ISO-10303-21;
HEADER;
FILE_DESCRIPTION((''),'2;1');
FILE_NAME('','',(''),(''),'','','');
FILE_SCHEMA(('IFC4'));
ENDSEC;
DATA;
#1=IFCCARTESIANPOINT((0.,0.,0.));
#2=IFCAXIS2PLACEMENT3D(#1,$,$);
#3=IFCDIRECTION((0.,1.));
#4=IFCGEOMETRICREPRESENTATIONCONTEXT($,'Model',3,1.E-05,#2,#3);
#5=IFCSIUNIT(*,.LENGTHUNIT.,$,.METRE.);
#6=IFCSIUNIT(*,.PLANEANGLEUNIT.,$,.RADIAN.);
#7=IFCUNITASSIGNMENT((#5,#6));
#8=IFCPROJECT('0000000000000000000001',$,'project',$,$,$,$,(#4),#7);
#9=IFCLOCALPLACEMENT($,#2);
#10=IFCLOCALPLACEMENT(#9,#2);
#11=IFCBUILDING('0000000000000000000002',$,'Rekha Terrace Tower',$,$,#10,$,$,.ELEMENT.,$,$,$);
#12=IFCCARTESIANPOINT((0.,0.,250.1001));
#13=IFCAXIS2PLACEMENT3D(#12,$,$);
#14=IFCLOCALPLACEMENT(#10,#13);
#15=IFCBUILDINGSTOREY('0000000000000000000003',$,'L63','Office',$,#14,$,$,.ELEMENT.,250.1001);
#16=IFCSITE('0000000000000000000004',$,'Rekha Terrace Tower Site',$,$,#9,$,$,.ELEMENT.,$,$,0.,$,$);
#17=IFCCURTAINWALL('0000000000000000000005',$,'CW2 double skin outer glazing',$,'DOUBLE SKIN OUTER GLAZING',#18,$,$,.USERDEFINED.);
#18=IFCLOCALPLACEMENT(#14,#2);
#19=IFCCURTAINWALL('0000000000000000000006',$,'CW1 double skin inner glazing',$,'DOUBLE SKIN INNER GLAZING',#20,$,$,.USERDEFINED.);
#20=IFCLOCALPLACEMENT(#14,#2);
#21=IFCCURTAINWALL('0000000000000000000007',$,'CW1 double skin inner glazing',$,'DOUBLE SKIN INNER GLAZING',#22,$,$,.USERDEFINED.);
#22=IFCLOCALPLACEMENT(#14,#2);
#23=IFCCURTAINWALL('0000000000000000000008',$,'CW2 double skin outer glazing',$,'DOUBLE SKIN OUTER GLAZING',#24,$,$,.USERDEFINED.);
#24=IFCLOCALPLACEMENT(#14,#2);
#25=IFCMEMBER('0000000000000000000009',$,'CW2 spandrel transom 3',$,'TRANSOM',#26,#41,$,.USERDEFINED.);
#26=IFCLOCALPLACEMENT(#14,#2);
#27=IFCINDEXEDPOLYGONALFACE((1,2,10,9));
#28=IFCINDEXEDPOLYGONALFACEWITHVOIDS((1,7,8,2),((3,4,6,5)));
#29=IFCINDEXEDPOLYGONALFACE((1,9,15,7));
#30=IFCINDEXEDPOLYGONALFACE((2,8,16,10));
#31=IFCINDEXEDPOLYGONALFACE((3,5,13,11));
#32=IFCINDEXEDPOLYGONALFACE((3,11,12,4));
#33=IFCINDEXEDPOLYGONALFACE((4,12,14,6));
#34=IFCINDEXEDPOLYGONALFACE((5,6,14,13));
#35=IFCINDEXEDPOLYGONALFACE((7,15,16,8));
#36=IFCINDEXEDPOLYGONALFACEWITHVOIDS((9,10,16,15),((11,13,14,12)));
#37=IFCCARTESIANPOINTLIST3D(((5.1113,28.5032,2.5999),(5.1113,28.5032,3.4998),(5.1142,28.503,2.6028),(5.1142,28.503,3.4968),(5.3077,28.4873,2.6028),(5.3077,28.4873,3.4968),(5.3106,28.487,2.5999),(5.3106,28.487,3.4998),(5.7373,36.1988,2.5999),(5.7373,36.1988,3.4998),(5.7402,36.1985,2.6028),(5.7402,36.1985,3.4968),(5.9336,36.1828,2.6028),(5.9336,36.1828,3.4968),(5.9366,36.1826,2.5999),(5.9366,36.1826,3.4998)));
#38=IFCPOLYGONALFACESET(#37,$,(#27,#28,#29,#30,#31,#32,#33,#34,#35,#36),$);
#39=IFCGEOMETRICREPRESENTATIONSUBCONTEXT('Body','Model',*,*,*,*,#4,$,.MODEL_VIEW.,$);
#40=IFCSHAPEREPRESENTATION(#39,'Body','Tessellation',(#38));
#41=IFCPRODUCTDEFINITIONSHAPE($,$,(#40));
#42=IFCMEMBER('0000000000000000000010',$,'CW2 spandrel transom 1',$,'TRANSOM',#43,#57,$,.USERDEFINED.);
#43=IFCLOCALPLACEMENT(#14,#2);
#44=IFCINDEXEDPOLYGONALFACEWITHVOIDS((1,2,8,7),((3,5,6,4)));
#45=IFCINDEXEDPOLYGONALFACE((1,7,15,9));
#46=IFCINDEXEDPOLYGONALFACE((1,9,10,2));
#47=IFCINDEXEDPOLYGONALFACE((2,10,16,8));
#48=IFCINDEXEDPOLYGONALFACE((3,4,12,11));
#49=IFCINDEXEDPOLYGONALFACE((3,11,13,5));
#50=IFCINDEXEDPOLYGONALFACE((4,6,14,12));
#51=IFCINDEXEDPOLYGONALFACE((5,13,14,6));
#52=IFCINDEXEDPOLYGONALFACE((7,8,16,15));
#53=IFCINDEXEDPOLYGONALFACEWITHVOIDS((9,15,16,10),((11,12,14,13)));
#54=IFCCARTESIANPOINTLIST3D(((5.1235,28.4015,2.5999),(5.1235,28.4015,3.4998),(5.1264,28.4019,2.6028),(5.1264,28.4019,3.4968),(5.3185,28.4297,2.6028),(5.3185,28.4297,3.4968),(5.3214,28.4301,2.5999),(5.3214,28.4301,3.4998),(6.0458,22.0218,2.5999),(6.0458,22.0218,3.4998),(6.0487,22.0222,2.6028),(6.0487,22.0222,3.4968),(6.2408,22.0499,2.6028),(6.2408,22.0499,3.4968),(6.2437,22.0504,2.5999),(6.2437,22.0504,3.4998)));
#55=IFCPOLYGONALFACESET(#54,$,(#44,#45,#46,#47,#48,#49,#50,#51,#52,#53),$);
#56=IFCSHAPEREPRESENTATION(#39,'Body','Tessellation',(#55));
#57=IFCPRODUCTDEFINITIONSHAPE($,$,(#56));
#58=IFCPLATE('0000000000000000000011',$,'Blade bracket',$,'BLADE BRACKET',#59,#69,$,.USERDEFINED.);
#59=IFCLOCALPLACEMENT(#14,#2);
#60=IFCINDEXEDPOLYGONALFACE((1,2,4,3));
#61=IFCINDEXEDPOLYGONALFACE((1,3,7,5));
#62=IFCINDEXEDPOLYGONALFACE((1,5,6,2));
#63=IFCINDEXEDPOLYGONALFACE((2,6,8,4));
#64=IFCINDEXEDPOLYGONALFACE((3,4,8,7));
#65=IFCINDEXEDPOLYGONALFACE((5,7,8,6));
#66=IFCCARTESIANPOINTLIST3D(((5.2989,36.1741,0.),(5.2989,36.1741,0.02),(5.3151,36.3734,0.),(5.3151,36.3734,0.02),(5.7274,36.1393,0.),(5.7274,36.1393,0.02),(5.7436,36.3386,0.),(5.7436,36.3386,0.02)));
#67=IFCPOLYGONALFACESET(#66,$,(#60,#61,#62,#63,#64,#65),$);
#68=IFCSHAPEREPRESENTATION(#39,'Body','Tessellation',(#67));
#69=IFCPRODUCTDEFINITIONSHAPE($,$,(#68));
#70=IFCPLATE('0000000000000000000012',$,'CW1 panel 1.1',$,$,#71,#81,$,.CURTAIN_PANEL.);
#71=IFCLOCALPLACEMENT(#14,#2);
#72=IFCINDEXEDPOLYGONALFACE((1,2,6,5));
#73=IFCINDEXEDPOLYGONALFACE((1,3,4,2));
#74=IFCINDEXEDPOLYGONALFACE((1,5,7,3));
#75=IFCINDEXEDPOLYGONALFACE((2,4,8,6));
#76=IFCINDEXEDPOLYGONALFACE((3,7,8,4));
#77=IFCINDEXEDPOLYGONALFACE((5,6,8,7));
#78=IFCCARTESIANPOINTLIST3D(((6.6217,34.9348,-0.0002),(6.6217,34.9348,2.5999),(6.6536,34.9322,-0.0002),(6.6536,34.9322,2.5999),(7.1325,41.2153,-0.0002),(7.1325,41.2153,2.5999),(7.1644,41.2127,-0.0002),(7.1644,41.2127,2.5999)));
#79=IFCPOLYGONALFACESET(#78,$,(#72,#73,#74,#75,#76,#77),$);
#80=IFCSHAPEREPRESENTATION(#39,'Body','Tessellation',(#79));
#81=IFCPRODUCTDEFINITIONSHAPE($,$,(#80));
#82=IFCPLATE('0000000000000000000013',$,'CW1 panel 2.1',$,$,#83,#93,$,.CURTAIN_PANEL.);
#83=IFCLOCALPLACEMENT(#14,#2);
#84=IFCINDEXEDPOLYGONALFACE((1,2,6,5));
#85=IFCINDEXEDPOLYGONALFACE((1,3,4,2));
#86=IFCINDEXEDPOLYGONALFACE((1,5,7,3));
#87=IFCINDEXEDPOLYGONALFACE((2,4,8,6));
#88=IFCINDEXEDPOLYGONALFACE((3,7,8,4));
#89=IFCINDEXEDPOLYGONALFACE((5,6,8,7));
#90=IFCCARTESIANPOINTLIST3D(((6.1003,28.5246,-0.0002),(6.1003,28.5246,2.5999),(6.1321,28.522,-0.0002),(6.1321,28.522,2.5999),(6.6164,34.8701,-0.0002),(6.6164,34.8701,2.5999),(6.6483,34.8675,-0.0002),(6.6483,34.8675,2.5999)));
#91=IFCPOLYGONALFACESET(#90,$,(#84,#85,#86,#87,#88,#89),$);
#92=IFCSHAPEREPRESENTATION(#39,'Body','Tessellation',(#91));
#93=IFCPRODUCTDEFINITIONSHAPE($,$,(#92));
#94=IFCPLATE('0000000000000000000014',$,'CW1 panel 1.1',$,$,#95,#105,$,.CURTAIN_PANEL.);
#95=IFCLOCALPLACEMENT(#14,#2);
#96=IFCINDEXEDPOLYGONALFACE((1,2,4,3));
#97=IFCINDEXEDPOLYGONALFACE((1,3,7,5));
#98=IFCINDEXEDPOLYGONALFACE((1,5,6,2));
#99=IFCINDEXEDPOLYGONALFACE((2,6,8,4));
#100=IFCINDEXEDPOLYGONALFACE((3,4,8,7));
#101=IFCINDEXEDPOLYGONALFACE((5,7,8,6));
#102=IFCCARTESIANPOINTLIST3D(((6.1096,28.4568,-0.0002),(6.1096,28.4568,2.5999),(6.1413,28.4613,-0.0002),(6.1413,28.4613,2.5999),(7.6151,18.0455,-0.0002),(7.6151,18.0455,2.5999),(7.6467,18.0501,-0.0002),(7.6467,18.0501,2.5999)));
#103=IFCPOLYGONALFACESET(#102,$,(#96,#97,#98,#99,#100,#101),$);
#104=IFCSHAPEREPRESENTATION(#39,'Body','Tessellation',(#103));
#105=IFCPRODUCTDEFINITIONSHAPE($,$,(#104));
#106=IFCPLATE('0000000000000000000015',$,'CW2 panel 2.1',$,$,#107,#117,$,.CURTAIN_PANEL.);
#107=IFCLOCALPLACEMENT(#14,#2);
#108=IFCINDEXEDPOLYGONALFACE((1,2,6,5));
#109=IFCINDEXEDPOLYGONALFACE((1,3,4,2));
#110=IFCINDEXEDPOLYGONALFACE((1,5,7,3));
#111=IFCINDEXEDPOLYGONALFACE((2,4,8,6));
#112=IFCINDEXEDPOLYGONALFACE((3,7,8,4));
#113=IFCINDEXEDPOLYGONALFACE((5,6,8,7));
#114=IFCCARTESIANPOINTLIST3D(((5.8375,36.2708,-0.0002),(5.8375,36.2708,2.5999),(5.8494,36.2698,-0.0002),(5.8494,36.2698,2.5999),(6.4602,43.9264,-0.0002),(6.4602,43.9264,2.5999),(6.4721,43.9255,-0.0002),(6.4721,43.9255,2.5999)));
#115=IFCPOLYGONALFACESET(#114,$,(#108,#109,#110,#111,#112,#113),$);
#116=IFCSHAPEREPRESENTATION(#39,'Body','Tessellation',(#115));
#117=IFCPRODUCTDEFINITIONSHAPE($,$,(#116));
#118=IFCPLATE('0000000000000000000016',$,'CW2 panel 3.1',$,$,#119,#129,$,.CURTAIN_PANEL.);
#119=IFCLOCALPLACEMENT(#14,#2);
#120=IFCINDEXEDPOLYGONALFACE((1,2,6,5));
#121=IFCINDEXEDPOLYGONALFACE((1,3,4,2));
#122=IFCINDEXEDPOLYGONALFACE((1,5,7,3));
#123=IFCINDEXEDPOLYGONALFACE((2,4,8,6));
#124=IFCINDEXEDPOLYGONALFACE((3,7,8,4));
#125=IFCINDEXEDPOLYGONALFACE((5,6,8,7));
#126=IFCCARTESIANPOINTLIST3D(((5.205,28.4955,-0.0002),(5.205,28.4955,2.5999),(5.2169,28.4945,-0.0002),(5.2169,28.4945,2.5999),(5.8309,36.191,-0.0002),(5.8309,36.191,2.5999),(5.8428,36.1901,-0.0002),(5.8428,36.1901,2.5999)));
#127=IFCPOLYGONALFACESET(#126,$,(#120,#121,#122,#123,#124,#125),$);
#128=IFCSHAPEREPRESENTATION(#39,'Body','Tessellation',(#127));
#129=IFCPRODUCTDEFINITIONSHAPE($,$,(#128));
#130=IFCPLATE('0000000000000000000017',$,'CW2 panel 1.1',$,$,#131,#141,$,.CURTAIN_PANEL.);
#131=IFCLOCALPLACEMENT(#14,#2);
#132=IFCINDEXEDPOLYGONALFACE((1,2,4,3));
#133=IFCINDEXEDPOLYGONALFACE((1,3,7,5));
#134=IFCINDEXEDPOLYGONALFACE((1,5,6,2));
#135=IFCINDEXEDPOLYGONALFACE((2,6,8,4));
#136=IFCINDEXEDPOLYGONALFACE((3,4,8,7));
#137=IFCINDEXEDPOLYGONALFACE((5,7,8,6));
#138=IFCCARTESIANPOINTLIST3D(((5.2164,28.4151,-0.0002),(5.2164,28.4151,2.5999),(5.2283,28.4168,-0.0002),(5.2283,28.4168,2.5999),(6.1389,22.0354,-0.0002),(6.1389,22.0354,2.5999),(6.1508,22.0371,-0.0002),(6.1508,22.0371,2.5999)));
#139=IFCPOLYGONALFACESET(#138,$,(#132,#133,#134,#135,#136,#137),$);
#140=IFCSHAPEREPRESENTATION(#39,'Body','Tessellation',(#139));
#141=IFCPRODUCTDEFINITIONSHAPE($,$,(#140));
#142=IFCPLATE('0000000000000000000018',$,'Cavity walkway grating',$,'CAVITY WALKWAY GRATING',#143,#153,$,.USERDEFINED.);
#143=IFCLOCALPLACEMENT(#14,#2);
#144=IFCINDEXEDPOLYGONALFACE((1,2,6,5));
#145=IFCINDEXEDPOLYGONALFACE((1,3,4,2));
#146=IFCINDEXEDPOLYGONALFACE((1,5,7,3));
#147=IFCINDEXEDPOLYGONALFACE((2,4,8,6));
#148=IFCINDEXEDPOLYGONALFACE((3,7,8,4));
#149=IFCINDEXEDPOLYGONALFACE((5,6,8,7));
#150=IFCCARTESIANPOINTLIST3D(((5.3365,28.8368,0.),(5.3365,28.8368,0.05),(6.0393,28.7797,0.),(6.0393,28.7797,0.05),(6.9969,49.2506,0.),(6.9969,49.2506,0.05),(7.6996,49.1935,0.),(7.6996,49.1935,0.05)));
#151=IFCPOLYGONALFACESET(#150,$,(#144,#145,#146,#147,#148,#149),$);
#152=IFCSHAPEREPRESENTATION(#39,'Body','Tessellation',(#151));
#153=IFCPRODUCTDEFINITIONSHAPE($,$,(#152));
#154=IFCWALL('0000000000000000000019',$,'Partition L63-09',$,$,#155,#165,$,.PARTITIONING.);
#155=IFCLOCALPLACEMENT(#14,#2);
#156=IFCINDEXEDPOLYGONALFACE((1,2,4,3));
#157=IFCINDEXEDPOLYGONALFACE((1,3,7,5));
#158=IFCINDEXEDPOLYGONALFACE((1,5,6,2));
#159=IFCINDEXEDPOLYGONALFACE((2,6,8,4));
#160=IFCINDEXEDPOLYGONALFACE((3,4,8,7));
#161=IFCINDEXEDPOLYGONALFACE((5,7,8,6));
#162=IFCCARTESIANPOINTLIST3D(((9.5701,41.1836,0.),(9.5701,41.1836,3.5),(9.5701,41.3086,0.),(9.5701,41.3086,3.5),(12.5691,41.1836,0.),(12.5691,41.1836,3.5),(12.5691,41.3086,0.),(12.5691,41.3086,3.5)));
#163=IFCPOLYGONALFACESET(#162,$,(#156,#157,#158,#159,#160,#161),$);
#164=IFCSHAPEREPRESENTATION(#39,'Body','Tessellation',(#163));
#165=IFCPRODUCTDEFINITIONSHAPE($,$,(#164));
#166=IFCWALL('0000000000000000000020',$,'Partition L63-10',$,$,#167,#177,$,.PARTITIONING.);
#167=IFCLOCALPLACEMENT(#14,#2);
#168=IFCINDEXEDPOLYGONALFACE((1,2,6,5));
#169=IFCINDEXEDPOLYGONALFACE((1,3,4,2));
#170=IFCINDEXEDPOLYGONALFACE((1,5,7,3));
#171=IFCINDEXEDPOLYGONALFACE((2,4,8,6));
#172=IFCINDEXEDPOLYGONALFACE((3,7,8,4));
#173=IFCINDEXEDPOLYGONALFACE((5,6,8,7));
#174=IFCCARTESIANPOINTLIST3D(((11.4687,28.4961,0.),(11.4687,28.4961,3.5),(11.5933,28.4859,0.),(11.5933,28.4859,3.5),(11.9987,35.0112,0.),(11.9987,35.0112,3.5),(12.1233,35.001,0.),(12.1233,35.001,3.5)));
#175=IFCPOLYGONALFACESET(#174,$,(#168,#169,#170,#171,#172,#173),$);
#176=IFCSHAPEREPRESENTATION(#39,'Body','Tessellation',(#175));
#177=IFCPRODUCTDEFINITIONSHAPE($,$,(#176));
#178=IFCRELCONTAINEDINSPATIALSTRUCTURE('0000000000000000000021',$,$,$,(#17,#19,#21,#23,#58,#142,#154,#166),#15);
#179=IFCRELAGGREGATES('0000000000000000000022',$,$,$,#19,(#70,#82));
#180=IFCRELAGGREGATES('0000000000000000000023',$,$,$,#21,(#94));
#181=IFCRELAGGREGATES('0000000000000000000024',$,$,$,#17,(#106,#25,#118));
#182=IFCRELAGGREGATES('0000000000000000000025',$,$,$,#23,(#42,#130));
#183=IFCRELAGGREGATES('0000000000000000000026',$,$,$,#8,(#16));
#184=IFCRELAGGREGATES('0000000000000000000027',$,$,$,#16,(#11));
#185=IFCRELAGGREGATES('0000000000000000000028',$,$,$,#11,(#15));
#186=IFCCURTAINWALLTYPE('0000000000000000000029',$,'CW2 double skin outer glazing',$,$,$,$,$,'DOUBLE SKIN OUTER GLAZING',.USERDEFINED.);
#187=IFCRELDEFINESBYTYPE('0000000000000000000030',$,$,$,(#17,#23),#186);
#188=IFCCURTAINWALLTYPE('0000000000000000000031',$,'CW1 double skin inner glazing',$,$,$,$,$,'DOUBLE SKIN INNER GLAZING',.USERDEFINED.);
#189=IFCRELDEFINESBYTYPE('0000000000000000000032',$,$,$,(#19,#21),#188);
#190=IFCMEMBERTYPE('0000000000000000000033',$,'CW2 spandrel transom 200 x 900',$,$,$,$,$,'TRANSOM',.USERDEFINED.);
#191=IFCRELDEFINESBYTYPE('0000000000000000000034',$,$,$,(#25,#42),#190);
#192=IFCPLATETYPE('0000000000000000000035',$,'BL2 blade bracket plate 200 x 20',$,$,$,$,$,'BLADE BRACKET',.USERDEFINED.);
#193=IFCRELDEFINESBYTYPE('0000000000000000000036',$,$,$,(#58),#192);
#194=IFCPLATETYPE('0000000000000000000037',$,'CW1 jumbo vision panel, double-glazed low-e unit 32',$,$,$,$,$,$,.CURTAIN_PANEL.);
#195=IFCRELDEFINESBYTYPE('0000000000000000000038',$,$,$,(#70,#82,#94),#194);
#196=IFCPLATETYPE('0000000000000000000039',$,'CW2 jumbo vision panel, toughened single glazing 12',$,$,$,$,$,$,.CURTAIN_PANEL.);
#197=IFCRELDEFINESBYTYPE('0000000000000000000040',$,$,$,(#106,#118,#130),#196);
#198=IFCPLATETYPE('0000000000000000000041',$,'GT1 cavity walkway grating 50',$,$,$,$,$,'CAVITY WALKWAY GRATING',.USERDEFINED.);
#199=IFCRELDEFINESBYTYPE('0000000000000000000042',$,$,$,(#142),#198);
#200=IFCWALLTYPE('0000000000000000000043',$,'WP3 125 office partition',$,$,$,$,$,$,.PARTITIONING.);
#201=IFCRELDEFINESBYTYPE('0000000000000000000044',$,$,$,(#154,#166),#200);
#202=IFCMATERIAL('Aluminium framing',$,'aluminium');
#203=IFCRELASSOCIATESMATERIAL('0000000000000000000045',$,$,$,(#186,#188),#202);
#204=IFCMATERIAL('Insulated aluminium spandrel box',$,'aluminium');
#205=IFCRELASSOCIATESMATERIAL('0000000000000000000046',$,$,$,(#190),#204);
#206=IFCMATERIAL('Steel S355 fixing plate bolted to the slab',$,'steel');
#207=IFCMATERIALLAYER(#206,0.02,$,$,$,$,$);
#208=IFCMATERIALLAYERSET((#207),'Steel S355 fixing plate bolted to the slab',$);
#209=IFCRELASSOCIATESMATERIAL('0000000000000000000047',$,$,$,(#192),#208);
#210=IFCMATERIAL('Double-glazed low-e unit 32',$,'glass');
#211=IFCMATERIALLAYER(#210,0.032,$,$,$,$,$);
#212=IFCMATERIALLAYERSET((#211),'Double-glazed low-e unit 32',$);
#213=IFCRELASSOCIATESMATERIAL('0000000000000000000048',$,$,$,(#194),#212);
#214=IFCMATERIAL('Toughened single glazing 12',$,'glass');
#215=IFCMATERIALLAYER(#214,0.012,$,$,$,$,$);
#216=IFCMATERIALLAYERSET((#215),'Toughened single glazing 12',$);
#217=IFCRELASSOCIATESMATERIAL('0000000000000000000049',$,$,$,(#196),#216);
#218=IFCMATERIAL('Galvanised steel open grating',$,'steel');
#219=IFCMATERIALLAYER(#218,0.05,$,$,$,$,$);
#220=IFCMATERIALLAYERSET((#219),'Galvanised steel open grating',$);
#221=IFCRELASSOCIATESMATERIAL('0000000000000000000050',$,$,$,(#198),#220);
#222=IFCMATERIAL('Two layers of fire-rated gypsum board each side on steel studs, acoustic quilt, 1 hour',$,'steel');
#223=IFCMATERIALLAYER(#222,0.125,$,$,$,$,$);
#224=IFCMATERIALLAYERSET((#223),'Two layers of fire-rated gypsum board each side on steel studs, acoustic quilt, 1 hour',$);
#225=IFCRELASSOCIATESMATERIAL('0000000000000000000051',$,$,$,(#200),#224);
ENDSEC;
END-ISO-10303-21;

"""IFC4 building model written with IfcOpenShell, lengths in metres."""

from ifc_helpers import new_model, si_unit, direction, frame, frame_2d, origin, origin_2d, place, context, subcontext, project, spatial, rectangle, hollow_rectangle, extrude, material, layer, layer_set, material_profile, profile_set, type_object, element, aggregate, save


model = new_model("IFC4")

# Units and contexts
model_context = context("Model", 3, precision=1e-05, world=origin(), true_north=direction((0.0, 1.0)))
body_context = subcontext(model_context, "Body", "Model", "MODEL_VIEW")
ifc_project = project(units=[si_unit("LENGTHUNIT", "METRE"), si_unit("PLANEANGLEUNIT", "RADIAN")], contexts=[model_context])

# Site, building, storey
site_placement = place(None, origin())
site = spatial("IfcSite", under=ifc_project, at=site_placement, Name="Rekha Terrace Tower Site", CompositionType="ELEMENT", RefElevation=0.0)
building_placement = place(site_placement, origin())
building = spatial("IfcBuilding", under=site, at=building_placement, Name="Rekha Terrace Tower", CompositionType="ELEMENT")
storey_placement = place(building_placement, frame((0.0, 0.0, 250.1001)))
storey = spatial("IfcBuildingStorey", under=building, at=storey_placement, Name="L63", Description="Office", CompositionType="ELEMENT", Elevation=250.1001)

# Curtain walls
ifc_material_1 = material(Name="Aluminium framing", Category="aluminium")
curtain_wall_type_1 = type_object("IfcCurtainWallType", Name="CW2 double skin outer glazing", ElementType="DOUBLE SKIN OUTER GLAZING", PredefinedType="USERDEFINED", material=ifc_material_1)
curtain_wall_1_placement = place(storey_placement, origin())
curtain_wall_1 = element("IfcCurtainWall", 1, at=curtain_wall_1_placement, inside=storey, type_object=curtain_wall_type_1, Name="CW2 double skin outer glazing", ObjectType="DOUBLE SKIN OUTER GLAZING", PredefinedType="USERDEFINED")
curtain_wall_type_2 = type_object("IfcCurtainWallType", Name="CW1 double skin inner glazing", ElementType="DOUBLE SKIN INNER GLAZING", PredefinedType="USERDEFINED", material=ifc_material_1)
curtain_wall_2_placement = place(storey_placement, origin())
curtain_wall_2 = element("IfcCurtainWall", 2, at=curtain_wall_2_placement, inside=storey, type_object=curtain_wall_type_2, Name="CW1 double skin inner glazing", ObjectType="DOUBLE SKIN INNER GLAZING", PredefinedType="USERDEFINED")
curtain_wall_3_placement = place(storey_placement, origin())
curtain_wall_3 = element("IfcCurtainWall", 3, at=curtain_wall_3_placement, inside=storey, type_object=curtain_wall_type_2, Name="CW1 double skin inner glazing", ObjectType="DOUBLE SKIN INNER GLAZING", PredefinedType="USERDEFINED")

# Shared definitions
ifc_material_2 = material(Name="Insulated aluminium spandrel box", Category="aluminium")

# Curtain wall
curtain_wall_4_placement = place(storey_placement, origin())
curtain_wall_4 = element("IfcCurtainWall", 4, at=curtain_wall_4_placement, inside=storey, type_object=curtain_wall_type_1, Name="CW2 double skin outer glazing", ObjectType="DOUBLE SKIN OUTER GLAZING", PredefinedType="USERDEFINED")

# Members
ifc_material_profile_1 = material_profile(ifc_material_2, hollow_rectangle(XDim=0.2, YDim=0.8999, WallThickness=0.0029, at=origin_2d()), Name="AL SPANDREL BOX 200x900")
ifc_profile_set_1 = profile_set([ifc_material_profile_1], Name="Insulated aluminium spandrel box")
member_type_1 = type_object("IfcMemberType", Name="CW2 spandrel transom 200 x 900", ElementType="TRANSOM", PredefinedType="USERDEFINED", material=ifc_profile_set_1)
member_1_placement = place(storey_placement, frame((5.8369, 36.1907, 3.0498), z_axis=(-0.081075, -0.996708, 0.0), x_axis=(0.996708, -0.081075, 0.0)))
member_1 = element("IfcMember", 5, at=member_1_placement, type_object=member_type_1, Name="CW2 spandrel transom 3", ObjectType="TRANSOM", PredefinedType="USERDEFINED", context=body_context, shape_type="SweptSolid", body=[
    extrude(hollow_rectangle(XDim=0.2, YDim=0.8999, WallThickness=0.0029, at=origin_2d()), origin(), (0.0, 0.0, 1.0), 7.7209),
])
member_2_placement = place(storey_placement, frame((5.2224, 28.4158, 3.0498), z_axis=(0.143091, -0.989709, 0.0), x_axis=(0.989709, 0.143091, 0.0)))
member_2 = element("IfcMember", 6, at=member_2_placement, type_object=member_type_1, Name="CW2 spandrel transom 1", ObjectType="TRANSOM", PredefinedType="USERDEFINED", context=body_context, shape_type="SweptSolid", body=[
    extrude(hollow_rectangle(XDim=0.2, YDim=0.8999, WallThickness=0.0029, at=origin_2d()), origin(), (0.0, 0.0, 1.0), 6.446),
])

# Plates
ifc_material_3 = material(Name="Steel S355 fixing plate bolted to the slab", Category="steel")
ifc_layer_1 = layer(ifc_material_3, 0.02)
ifc_layer_set_1 = layer_set([ifc_layer_1], Name="Steel S355 fixing plate bolted to the slab")
plate_type_1 = type_object("IfcPlateType", Name="BL2 blade bracket plate 200 x 20", ElementType="BLADE BRACKET", PredefinedType="USERDEFINED", material=ifc_layer_set_1)
plate_1_placement = place(storey_placement, frame((5.5212, 36.2563, 0.0), z_axis=(0.0, 0.0, 1.0), x_axis=(-0.996709, 0.081069, 0.0)))
element("IfcPlate", 7, at=plate_1_placement, inside=storey, type_object=plate_type_1, Name="Blade bracket", ObjectType="BLADE BRACKET", PredefinedType="USERDEFINED", context=body_context, shape_type="SweptSolid", body=[
    extrude(rectangle(XDim=0.4299, YDim=0.2, at=origin_2d()), origin(), (0.0, 0.0, 1.0), 0.02),
])
ifc_material_4 = material(Name="Double-glazed low-e unit 32", Category="glass")
ifc_layer_2 = layer(ifc_material_4, 0.032)
ifc_layer_set_2 = layer_set([ifc_layer_2], Name="Double-glazed low-e unit 32")
plate_type_2 = type_object("IfcPlateType", Name="CW1 jumbo vision panel, double-glazed low-e unit 32", PredefinedType="CURTAIN_PANEL", material=ifc_layer_set_2)
plate_2_placement = place(storey_placement, frame((6.8931, 38.0737, -0.0002), z_axis=(0.0, 0.0, 1.0), x_axis=(-0.081068, -0.996709, 0.0)))
plate_2 = element("IfcPlate", 8, at=plate_2_placement, type_object=plate_type_2, Name="CW1 panel 1.1", PredefinedType="CURTAIN_PANEL", context=body_context, shape_type="SweptSolid", body=[
    extrude(rectangle(XDim=6.3013, YDim=0.032, at=origin_2d()), origin(), (0.0, 0.0, 1.0), 2.6001),
])
plate_3_placement = place(storey_placement, frame((6.3743, 31.696, -0.0002), z_axis=(0.0, 0.0, 1.0), x_axis=(-0.081068, -0.996709, 0.0)))
plate_3 = element("IfcPlate", 9, at=plate_3_placement, type_object=plate_type_2, Name="CW1 panel 2.1", PredefinedType="CURTAIN_PANEL", context=body_context, shape_type="SweptSolid", body=[
    extrude(rectangle(XDim=6.3665, YDim=0.032, at=origin_2d()), origin(), (0.0, 0.0, 1.0), 2.6001),
])
aggregate(curtain_wall_2, [plate_2, plate_3])
plate_4_placement = place(storey_placement, frame((6.8782, 23.2534, -0.0002), z_axis=(0.0, 0.0, 1.0), x_axis=(0.143108, -0.989707, 0.0)))
plate_4 = element("IfcPlate", 10, at=plate_4_placement, type_object=plate_type_2, Name="CW1 panel 1.1", PredefinedType="CURTAIN_PANEL", context=body_context, shape_type="SweptSolid", body=[
    extrude(rectangle(XDim=10.5195, YDim=0.032, at=origin_2d()), origin(), (0.0, 0.0, 1.0), 2.6001),
])
aggregate(curtain_wall_3, [plate_4])
ifc_material_5 = material(Name="Toughened single glazing 12", Category="glass")
ifc_layer_3 = layer(ifc_material_5, 0.012)
ifc_layer_set_3 = layer_set([ifc_layer_3], Name="Toughened single glazing 12")
plate_type_3 = type_object("IfcPlateType", Name="CW2 jumbo vision panel, toughened single glazing 12", PredefinedType="CURTAIN_PANEL", material=ifc_layer_set_3)
plate_5_placement = place(storey_placement, frame((6.1548, 40.0981, -0.0002), z_axis=(0.0, 0.0, 1.0), x_axis=(-0.081068, -0.996709, 0.0)))
plate_5 = element("IfcPlate", 11, at=plate_5_placement, type_object=plate_type_3, Name="CW2 panel 2.1", PredefinedType="CURTAIN_PANEL", context=body_context, shape_type="SweptSolid", body=[
    extrude(rectangle(XDim=7.6809, YDim=0.012, at=origin_2d()), origin(), (0.0, 0.0, 1.0), 2.6001),
])
plate_6_placement = place(storey_placement, frame((5.5239, 32.3428, -0.0002), z_axis=(0.0, 0.0, 1.0), x_axis=(-0.081068, -0.996709, 0.0)))
plate_6 = element("IfcPlate", 12, at=plate_6_placement, type_object=plate_type_3, Name="CW2 panel 3.1", PredefinedType="CURTAIN_PANEL", context=body_context, shape_type="SweptSolid", body=[
    extrude(rectangle(XDim=7.7209, YDim=0.012, at=origin_2d()), origin(), (0.0, 0.0, 1.0), 2.6001),
])
aggregate(curtain_wall_1, [plate_5, member_1, plate_6])
plate_7_placement = place(storey_placement, frame((5.6836, 25.2261, -0.0002), z_axis=(0.0, 0.0, 1.0), x_axis=(0.143108, -0.989707, 0.0)))
plate_7 = element("IfcPlate", 13, at=plate_7_placement, type_object=plate_type_3, Name="CW2 panel 1.1", PredefinedType="CURTAIN_PANEL", context=body_context, shape_type="SweptSolid", body=[
    extrude(rectangle(XDim=6.446, YDim=0.012, at=origin_2d()), origin(), (0.0, 0.0, 1.0), 2.6001),
])
aggregate(curtain_wall_4, [member_2, plate_7])
ifc_material_6 = material(Name="Galvanised steel open grating", Category="steel")
ifc_layer_4 = layer(ifc_material_6, 0.05)
ifc_layer_set_4 = layer_set([ifc_layer_4], Name="Galvanised steel open grating")
plate_type_4 = type_object("IfcPlateType", Name="GT1 cavity walkway grating 50", ElementType="CAVITY WALKWAY GRATING", PredefinedType="USERDEFINED", material=ifc_layer_set_4)
plate_8_placement = place(storey_placement, frame((6.5181, 39.0151, 0.0), z_axis=(0.0, 0.0, 1.0), x_axis=(-0.081068, -0.996709, 0.0)))
element("IfcPlate", 14, at=plate_8_placement, inside=storey, type_object=plate_type_4, Name="Cavity walkway grating", ObjectType="CAVITY WALKWAY GRATING", PredefinedType="USERDEFINED", context=body_context, shape_type="SweptSolid", body=[
    extrude(rectangle(XDim=20.4812, YDim=0.7051, at=origin_2d()), origin(), (0.0, 0.0, 1.0), 0.05),
])

# Walls
ifc_material_7 = material(Name="Two layers of fire-rated gypsum board each side on steel studs, acoustic quilt, 1 hour", Category="steel")
ifc_layer_5 = layer(ifc_material_7, 0.125)
ifc_layer_set_5 = layer_set([ifc_layer_5], Name="Two layers of fire-rated gypsum board each side on steel studs, acoustic quilt, 1 hour")
wall_type = type_object("IfcWallType", Name="WP3 125 office partition", PredefinedType="PARTITIONING", material=ifc_layer_set_5)
wall_1_placement = place(storey_placement, frame((9.5701, 41.2461, 0.0), z_axis=(0.0, 0.0, 1.0), x_axis=(1.0, 0.0, 0.0)))
element("IfcWall", 15, at=wall_1_placement, inside=storey, type_object=wall_type, Name="Partition L63-09", PredefinedType="PARTITIONING", context=body_context, shape_type="SweptSolid", body=[
    extrude(rectangle(XDim=2.999, YDim=0.125, at=frame_2d((1.4995, 0.0))), origin(), (0.0, 0.0, 1.0), 3.5),
])
wall_2_placement = place(storey_placement, frame((12.061, 35.0061, 0.0), z_axis=(0.0, 0.0, 1.0), x_axis=(-0.081086, -0.996707, 0.0)))
element("IfcWall", 16, at=wall_2_placement, inside=storey, type_object=wall_type, Name="Partition L63-10", PredefinedType="PARTITIONING", context=body_context, shape_type="SweptSolid", body=[
    extrude(rectangle(XDim=6.5366, YDim=0.125, at=frame_2d((3.2683, 0.0))), origin(), (0.0, 0.0, 1.0), 3.5),
])

save(model, "model.ifc")
